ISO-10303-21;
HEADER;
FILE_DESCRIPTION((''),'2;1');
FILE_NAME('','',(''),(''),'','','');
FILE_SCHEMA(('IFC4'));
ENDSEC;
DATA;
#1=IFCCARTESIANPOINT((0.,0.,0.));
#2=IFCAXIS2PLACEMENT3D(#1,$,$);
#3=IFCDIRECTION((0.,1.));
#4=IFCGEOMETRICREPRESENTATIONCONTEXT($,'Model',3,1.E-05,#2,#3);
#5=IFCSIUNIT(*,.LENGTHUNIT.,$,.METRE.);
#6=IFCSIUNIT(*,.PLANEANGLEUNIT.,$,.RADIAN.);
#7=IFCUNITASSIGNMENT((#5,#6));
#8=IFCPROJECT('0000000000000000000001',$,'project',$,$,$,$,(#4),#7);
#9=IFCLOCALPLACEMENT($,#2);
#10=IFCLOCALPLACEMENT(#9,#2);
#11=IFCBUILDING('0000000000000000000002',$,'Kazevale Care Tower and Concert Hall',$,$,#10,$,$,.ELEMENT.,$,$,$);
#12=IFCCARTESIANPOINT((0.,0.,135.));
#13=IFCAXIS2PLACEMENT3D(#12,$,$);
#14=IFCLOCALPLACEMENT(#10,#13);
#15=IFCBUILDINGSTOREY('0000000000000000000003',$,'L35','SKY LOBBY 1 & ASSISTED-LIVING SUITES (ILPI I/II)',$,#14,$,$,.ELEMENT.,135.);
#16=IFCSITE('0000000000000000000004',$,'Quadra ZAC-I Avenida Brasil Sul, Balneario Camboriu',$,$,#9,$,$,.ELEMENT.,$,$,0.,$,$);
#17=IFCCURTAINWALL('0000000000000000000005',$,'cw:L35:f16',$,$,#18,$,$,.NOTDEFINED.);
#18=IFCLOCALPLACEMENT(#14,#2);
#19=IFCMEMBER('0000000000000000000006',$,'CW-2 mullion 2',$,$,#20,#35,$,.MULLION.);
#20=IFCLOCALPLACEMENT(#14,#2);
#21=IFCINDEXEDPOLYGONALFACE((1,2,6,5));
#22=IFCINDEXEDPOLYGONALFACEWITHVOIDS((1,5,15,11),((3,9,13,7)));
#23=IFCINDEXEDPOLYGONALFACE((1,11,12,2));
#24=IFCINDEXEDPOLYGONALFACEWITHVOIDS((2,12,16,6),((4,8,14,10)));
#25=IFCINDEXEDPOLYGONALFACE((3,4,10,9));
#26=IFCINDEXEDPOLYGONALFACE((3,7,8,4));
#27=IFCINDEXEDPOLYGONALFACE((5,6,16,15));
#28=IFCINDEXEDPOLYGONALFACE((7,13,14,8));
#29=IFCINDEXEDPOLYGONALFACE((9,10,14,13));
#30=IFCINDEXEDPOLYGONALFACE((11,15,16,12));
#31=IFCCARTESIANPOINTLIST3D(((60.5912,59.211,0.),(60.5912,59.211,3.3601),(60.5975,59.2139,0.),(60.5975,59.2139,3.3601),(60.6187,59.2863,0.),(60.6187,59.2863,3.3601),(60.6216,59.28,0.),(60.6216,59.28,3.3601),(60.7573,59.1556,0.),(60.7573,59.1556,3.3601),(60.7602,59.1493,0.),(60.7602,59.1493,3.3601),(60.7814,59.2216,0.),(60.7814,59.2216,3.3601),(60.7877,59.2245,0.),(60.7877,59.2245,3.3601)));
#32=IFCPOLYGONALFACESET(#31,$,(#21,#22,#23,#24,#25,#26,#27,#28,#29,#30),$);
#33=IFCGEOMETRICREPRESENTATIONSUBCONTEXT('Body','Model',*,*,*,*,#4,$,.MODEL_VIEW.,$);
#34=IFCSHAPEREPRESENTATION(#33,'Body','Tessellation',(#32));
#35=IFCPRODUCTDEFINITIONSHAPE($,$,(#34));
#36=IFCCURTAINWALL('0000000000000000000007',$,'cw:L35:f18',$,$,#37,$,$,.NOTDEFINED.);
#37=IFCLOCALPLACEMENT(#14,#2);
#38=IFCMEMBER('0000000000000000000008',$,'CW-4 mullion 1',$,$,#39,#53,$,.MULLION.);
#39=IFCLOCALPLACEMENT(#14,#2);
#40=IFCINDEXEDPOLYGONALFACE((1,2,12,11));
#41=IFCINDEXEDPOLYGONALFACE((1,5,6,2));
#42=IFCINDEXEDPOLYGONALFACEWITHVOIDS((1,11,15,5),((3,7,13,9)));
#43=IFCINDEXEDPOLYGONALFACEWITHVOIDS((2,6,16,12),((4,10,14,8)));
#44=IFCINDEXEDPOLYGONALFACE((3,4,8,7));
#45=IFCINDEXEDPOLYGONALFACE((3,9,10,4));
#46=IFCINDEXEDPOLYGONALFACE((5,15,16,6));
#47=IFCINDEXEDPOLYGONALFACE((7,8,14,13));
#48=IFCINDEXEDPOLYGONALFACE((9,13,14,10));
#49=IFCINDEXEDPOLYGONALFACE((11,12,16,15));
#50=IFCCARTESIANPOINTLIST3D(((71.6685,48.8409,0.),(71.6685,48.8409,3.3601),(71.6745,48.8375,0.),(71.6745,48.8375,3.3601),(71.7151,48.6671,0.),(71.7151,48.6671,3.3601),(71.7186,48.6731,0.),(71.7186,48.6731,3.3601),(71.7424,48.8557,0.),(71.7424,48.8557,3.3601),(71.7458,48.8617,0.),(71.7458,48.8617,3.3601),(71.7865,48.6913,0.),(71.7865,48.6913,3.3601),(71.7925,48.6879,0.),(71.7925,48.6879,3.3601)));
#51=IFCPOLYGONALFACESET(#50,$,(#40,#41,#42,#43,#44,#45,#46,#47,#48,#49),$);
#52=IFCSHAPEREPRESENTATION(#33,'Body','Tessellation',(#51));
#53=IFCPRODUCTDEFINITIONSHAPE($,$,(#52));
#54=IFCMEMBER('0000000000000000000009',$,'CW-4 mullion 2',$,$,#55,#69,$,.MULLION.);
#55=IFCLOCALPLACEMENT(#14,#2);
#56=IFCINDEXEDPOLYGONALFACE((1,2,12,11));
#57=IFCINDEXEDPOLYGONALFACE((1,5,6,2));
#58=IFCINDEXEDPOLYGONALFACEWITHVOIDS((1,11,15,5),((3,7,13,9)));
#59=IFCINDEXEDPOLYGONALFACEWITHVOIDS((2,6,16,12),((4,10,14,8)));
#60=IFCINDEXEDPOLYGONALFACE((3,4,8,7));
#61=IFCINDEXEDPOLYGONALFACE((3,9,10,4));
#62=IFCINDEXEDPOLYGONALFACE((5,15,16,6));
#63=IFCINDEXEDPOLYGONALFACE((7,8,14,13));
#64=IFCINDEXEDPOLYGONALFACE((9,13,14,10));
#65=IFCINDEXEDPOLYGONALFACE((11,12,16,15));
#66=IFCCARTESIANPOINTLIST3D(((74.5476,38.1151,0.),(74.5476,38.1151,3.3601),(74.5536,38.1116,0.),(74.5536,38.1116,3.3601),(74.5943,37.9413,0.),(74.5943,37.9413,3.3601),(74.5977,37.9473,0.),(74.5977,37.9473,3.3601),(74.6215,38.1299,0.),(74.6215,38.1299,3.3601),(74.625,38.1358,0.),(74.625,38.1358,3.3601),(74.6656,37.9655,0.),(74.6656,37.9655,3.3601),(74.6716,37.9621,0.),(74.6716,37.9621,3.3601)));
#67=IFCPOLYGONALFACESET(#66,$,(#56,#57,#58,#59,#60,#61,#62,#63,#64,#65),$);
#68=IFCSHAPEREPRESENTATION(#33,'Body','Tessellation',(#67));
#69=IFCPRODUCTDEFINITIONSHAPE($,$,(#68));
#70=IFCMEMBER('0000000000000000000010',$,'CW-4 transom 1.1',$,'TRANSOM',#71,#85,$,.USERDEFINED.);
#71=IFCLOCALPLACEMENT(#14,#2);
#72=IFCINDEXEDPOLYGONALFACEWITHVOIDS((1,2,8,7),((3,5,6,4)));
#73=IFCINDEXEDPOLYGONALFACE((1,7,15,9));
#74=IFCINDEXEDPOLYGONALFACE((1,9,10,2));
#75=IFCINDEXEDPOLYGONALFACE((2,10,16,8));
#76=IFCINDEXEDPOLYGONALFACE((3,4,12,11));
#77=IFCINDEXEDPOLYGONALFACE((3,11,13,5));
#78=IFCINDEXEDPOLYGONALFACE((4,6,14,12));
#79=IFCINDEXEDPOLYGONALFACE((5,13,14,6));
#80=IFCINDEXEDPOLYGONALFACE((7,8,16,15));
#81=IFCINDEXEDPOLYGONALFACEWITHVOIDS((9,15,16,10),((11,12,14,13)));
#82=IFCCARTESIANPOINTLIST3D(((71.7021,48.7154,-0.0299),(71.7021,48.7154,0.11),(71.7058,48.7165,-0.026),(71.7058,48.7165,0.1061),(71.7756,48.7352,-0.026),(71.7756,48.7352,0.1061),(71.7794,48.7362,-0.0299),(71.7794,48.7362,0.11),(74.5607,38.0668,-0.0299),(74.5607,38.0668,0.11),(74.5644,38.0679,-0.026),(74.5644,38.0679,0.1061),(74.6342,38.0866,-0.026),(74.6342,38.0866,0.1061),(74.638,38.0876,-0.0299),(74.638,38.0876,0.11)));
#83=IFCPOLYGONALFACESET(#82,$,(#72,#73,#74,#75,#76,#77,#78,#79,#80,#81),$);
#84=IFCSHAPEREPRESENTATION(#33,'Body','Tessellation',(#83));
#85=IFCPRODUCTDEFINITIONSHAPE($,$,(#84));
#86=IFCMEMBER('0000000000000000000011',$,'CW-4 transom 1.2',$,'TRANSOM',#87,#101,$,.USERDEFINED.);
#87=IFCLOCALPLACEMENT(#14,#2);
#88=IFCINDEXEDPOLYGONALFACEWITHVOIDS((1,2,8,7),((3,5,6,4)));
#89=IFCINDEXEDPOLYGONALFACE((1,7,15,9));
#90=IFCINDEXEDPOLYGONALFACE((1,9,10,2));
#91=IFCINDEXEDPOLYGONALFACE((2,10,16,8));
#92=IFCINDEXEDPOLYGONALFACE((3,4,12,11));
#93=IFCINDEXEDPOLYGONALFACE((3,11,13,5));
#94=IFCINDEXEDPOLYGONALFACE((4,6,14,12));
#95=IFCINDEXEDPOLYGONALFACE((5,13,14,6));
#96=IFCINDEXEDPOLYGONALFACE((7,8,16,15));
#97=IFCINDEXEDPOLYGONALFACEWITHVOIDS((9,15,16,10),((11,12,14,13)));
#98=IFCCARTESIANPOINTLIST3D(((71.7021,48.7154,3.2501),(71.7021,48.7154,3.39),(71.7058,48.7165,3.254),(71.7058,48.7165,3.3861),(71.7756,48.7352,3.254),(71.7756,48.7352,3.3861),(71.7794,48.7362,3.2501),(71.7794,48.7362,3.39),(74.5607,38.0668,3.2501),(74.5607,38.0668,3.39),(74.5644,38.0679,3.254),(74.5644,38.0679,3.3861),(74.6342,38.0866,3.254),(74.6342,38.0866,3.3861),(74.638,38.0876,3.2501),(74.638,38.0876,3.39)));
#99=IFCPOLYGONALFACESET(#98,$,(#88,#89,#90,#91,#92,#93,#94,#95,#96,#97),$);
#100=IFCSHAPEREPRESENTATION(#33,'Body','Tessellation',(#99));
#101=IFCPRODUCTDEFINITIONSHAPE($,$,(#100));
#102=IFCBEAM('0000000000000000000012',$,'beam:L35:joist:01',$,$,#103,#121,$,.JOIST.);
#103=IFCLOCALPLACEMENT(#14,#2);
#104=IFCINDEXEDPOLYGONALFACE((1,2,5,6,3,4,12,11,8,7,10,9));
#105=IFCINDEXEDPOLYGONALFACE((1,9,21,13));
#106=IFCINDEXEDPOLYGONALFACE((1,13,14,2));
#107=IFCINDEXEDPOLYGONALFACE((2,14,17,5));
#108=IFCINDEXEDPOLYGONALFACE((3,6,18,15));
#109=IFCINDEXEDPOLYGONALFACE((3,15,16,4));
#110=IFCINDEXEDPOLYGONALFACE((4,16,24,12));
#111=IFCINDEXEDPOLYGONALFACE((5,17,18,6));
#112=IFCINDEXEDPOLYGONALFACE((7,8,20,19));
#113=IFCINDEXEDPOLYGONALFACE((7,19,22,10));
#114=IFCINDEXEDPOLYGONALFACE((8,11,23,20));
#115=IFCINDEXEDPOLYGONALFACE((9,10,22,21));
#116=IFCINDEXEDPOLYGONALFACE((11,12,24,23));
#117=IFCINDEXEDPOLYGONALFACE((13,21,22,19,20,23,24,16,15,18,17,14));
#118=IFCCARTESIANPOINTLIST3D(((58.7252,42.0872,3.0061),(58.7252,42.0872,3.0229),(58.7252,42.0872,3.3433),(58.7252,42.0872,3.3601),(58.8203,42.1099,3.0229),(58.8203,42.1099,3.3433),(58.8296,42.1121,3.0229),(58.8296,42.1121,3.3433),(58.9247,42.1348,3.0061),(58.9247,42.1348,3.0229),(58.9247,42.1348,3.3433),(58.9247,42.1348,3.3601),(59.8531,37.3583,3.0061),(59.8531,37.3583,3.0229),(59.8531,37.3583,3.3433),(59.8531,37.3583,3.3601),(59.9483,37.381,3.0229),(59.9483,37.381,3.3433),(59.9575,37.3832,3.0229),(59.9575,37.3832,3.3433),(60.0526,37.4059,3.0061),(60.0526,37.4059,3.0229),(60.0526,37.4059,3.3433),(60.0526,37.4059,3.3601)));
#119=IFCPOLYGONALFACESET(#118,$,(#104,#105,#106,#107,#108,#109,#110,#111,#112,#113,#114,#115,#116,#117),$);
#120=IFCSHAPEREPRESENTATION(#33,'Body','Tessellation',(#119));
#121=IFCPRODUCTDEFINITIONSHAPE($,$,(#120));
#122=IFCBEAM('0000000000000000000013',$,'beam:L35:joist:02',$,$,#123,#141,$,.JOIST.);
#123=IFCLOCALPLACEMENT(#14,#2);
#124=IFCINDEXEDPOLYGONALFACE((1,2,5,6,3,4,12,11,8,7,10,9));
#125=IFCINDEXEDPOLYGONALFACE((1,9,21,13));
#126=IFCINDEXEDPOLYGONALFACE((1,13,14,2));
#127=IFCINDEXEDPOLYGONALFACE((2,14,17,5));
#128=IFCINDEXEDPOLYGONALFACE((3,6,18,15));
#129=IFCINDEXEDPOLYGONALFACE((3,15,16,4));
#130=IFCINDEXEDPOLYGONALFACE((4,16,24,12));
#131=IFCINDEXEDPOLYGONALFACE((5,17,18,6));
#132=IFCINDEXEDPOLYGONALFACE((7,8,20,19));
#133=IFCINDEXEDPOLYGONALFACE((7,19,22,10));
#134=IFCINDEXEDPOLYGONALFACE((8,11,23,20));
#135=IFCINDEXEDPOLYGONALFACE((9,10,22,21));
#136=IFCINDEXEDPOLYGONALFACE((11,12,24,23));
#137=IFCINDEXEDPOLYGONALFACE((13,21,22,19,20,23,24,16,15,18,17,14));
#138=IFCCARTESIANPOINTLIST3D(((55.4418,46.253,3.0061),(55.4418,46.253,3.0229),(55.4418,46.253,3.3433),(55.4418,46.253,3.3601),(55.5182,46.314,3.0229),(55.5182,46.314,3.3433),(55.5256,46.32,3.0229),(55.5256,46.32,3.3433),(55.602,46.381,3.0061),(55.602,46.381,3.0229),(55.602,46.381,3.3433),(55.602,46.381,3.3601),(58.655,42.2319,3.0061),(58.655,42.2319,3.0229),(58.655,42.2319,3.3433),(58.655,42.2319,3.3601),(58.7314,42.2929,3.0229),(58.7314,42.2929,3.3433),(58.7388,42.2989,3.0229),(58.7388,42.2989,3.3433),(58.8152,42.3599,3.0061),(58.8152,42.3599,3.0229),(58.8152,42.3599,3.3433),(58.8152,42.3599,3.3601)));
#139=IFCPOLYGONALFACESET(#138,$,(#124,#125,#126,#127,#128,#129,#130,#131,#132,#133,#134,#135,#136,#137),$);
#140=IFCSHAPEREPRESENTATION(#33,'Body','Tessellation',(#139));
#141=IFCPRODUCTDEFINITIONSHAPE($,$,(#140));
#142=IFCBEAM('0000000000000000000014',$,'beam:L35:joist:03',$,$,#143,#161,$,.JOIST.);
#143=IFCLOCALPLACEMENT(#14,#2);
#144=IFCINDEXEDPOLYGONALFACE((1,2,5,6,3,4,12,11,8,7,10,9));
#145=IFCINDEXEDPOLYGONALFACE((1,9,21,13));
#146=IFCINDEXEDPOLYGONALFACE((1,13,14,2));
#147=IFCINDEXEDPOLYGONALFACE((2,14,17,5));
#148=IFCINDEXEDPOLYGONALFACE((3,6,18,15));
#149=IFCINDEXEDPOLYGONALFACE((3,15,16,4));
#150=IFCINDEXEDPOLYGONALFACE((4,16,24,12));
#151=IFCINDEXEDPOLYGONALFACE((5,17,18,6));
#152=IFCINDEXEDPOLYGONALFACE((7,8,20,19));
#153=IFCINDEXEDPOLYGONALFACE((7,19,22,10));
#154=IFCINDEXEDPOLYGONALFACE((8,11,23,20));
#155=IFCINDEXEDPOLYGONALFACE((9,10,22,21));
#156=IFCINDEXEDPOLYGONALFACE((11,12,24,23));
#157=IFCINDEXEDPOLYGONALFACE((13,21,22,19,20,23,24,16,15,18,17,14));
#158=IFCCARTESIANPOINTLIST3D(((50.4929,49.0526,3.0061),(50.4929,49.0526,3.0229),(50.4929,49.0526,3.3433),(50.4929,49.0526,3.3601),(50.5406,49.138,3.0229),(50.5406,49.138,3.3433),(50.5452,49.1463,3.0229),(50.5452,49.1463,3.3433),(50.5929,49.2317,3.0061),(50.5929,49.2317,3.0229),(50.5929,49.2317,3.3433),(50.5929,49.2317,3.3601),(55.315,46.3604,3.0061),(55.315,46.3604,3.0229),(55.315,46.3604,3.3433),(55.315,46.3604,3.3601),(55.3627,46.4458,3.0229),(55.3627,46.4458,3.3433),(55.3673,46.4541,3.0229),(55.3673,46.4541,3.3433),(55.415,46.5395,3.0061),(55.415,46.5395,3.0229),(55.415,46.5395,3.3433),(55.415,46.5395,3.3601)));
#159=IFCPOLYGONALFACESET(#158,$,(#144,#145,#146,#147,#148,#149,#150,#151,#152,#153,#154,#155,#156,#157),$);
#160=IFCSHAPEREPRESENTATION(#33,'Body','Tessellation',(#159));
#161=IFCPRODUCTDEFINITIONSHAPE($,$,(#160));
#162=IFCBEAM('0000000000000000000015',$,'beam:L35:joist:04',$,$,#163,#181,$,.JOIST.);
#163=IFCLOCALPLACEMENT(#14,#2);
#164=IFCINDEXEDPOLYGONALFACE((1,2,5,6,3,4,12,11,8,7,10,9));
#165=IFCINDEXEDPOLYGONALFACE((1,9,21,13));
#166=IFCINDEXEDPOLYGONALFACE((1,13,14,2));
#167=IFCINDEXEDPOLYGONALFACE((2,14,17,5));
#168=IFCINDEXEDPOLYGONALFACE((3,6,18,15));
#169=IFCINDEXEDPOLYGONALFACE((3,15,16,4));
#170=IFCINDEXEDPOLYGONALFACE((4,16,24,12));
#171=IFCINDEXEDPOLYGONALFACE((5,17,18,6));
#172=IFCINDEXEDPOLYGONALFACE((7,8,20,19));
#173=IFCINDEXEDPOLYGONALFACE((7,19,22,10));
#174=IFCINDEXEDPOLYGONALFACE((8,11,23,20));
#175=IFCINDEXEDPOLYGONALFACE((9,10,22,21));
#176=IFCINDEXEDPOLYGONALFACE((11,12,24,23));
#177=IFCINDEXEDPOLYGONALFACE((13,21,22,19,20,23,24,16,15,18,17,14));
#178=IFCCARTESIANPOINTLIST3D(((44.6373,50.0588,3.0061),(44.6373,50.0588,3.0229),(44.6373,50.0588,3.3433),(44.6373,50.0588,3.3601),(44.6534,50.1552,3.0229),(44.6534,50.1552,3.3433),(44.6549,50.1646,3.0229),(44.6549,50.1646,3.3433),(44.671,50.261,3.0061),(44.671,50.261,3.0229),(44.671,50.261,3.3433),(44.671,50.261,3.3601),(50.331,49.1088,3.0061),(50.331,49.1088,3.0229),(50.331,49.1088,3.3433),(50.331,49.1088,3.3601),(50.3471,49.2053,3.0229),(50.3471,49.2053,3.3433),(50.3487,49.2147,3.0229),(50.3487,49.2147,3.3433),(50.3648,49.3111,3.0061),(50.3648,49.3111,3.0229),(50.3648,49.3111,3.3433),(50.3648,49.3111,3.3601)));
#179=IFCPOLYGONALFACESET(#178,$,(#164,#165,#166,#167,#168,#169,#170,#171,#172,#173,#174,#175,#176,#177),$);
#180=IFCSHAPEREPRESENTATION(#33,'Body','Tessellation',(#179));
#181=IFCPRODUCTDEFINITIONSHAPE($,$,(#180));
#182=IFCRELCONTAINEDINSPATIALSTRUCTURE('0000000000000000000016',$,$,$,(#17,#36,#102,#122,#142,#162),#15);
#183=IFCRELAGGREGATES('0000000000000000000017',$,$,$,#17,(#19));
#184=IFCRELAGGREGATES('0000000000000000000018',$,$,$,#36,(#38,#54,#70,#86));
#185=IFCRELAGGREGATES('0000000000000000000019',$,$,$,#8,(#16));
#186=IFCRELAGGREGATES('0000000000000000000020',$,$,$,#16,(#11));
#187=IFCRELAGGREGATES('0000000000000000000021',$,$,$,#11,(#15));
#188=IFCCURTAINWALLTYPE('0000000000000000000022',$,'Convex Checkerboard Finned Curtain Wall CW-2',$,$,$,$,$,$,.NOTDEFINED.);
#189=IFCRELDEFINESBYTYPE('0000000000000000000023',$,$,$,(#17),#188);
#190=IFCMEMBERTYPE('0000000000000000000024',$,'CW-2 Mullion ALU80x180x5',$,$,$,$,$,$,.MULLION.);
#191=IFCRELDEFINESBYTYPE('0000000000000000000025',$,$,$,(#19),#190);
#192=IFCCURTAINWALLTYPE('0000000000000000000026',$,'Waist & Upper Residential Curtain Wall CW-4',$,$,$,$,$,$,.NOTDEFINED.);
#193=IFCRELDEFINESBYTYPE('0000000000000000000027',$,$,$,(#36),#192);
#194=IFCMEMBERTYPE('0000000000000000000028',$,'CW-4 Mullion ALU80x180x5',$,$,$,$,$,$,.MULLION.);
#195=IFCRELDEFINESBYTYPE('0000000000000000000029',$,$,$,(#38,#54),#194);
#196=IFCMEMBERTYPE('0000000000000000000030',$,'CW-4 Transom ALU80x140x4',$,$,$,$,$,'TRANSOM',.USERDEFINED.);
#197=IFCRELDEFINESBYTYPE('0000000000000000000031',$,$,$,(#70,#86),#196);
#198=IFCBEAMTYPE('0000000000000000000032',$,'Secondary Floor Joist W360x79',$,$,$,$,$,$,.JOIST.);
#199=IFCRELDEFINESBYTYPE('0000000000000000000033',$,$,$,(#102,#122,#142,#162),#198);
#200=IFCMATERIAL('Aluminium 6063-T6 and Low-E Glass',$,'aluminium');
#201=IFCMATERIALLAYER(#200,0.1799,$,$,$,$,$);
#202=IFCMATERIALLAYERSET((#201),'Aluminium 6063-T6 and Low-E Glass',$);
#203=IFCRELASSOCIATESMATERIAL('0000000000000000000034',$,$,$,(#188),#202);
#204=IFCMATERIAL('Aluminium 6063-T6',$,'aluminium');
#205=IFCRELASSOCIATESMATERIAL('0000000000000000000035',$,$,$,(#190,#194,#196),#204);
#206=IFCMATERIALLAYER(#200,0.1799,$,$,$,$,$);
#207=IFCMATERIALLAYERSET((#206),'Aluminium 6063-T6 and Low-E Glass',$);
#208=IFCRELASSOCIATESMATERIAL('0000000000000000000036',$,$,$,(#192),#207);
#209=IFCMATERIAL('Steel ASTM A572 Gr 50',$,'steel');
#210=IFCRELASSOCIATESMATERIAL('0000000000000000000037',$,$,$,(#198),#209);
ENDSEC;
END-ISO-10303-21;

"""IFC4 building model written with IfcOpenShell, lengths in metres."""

from ifc_helpers import new_model, si_unit, direction, frame, origin, origin_2d, place, context, subcontext, project, spatial, hollow_rectangle, i_section, extrude, material, layer, layer_set, material_profile, profile_set, type_object, element, aggregate, save


model = new_model("IFC4")

# Units and contexts
model_context = context("Model", 3, precision=1e-05, world=origin(), true_north=direction((0.0, 1.0)))
body_context = subcontext(model_context, "Body", "Model", "MODEL_VIEW")
ifc_project = project(units=[si_unit("LENGTHUNIT", "METRE"), si_unit("PLANEANGLEUNIT", "RADIAN")], contexts=[model_context])

# Site, building, storey
site_placement = place(None, origin())
site = spatial("IfcSite", under=ifc_project, at=site_placement, Name="Quadra ZAC-I Avenida Brasil Sul, Balneario Camboriu", CompositionType="ELEMENT", RefElevation=0.0)
building_placement = place(site_placement, origin())
building = spatial("IfcBuilding", under=site, at=building_placement, Name="Kazevale Care Tower and Concert Hall", CompositionType="ELEMENT")
storey_placement = place(building_placement, frame((0.0, 0.0, 135.0)))
storey = spatial("IfcBuildingStorey", under=building, at=storey_placement, Name="L35", Description="SKY LOBBY 1 & ASSISTED-LIVING SUITES (ILPI I/II)", CompositionType="ELEMENT", Elevation=135.0)

# Curtain wall, member
ifc_material_1 = material(Name="Aluminium 6063-T6 and Low-E Glass", Category="aluminium")
ifc_layer_1 = layer(ifc_material_1, 0.1799)
ifc_layer_set_1 = layer_set([ifc_layer_1], Name="Aluminium 6063-T6 and Low-E Glass")
curtain_wall_type_1 = type_object("IfcCurtainWallType", Name="Convex Checkerboard Finned Curtain Wall CW-2", PredefinedType="NOTDEFINED", material=ifc_layer_set_1)
curtain_wall_1_placement = place(storey_placement, origin())
curtain_wall_1 = element("IfcCurtainWall", 1, at=curtain_wall_1_placement, inside=storey, type_object=curtain_wall_type_1, Name="cw:L35:f16", PredefinedType="NOTDEFINED")
ifc_material_2 = material(Name="Aluminium 6063-T6", Category="aluminium")
ifc_material_profile_1 = material_profile(ifc_material_2, hollow_rectangle(XDim=0.0801, YDim=0.1799, WallThickness=0.0049, at=origin_2d()), Name="ALU80x180x5")
ifc_profile_set_1 = profile_set([ifc_material_profile_1], Name="Aluminium 6063-T6")
member_type_1 = type_object("IfcMemberType", Name="CW-2 Mullion ALU80x180x5", PredefinedType="MULLION", material=ifc_profile_set_1)
member_1_placement = place(storey_placement, frame((60.6895, 59.2178, 0.0), z_axis=(0.0, 0.0, 1.0), x_axis=(0.343143, 0.939283, 0.0)))
member_1 = element("IfcMember", 2, at=member_1_placement, type_object=member_type_1, Name="CW-2 mullion 2", PredefinedType="MULLION", context=body_context, shape_type="SweptSolid", body=[
    extrude(hollow_rectangle(XDim=0.0801, YDim=0.1799, WallThickness=0.0049, at=origin_2d()), origin(), (0.0, 0.0, 1.0), 3.3601),
])

# Curtain wall, members
ifc_layer_2 = layer(ifc_material_1, 0.1799)
ifc_layer_set_2 = layer_set([ifc_layer_2], Name="Aluminium 6063-T6 and Low-E Glass")
curtain_wall_type_2 = type_object("IfcCurtainWallType", Name="Waist & Upper Residential Curtain Wall CW-4", PredefinedType="NOTDEFINED", material=ifc_layer_set_2)
curtain_wall_2_placement = place(storey_placement, origin())
curtain_wall_2 = element("IfcCurtainWall", 3, at=curtain_wall_2_placement, inside=storey, type_object=curtain_wall_type_2, Name="cw:L35:f18", PredefinedType="NOTDEFINED")
ifc_material_profile_2 = material_profile(ifc_material_2, hollow_rectangle(XDim=0.0801, YDim=0.1799, WallThickness=0.0049, at=origin_2d()), Name="ALU80x180x5")
ifc_profile_set_2 = profile_set([ifc_material_profile_2], Name="Aluminium 6063-T6")
member_type_2 = type_object("IfcMemberType", Name="CW-4 Mullion ALU80x180x5", PredefinedType="MULLION", material=ifc_profile_set_2)
member_2_placement = place(storey_placement, frame((71.7305, 48.7644, 0.0), z_axis=(0.0, 0.0, 1.0), x_axis=(0.965806, 0.259265, 0.0)))
member_2 = element("IfcMember", 4, at=member_2_placement, type_object=member_type_2, Name="CW-4 mullion 1", PredefinedType="MULLION", context=body_context, shape_type="SweptSolid", body=[
    extrude(hollow_rectangle(XDim=0.0801, YDim=0.1799, WallThickness=0.0049, at=origin_2d()), origin(), (0.0, 0.0, 1.0), 3.3601),
])
member_3_placement = place(storey_placement, frame((74.6096, 38.0386, 0.0), z_axis=(0.0, 0.0, 1.0), x_axis=(0.965806, 0.259265, 0.0)))
member_3 = element("IfcMember", 5, at=member_3_placement, type_object=member_type_2, Name="CW-4 mullion 2", PredefinedType="MULLION", context=body_context, shape_type="SweptSolid", body=[
    extrude(hollow_rectangle(XDim=0.0801, YDim=0.1799, WallThickness=0.0049, at=origin_2d()), origin(), (0.0, 0.0, 1.0), 3.3601),
])
ifc_material_profile_3 = material_profile(ifc_material_2, hollow_rectangle(XDim=0.0801, YDim=0.1399, WallThickness=0.0039, at=origin_2d()), Name="ALU80x140x4")
ifc_profile_set_3 = profile_set([ifc_material_profile_3], Name="Aluminium 6063-T6")
member_type_3 = type_object("IfcMemberType", Name="CW-4 Transom ALU80x140x4", ElementType="TRANSOM", PredefinedType="USERDEFINED", material=ifc_profile_set_3)
member_4_placement = place(storey_placement, frame((71.7407, 48.7258, 0.04), z_axis=(0.259271, -0.965805, 0.0), x_axis=(0.965805, 0.259271, 0.0)))
member_4 = element("IfcMember", 6, at=member_4_placement, type_object=member_type_3, Name="CW-4 transom 1.1", ObjectType="TRANSOM", PredefinedType="USERDEFINED", context=body_context, shape_type="SweptSolid", body=[
    extrude(hollow_rectangle(XDim=0.0801, YDim=0.1399, WallThickness=0.0039, at=origin_2d()), origin(), (0.0, 0.0, 1.0), 11.0256),
])
member_5_placement = place(storey_placement, frame((71.7407, 48.7258, 3.3201), z_axis=(0.259271, -0.965805, 0.0), x_axis=(0.965805, 0.259271, 0.0)))
member_5 = element("IfcMember", 7, at=member_5_placement, type_object=member_type_3, Name="CW-4 transom 1.2", ObjectType="TRANSOM", PredefinedType="USERDEFINED", context=body_context, shape_type="SweptSolid", body=[
    extrude(hollow_rectangle(XDim=0.0801, YDim=0.1399, WallThickness=0.0039, at=origin_2d()), origin(), (0.0, 0.0, 1.0), 11.0256),
])

# Beams
ifc_material_3 = material(Name="Steel ASTM A572 Gr 50", Category="steel")
ifc_material_profile_4 = material_profile(ifc_material_3, i_section(OverallWidth=0.2051, OverallDepth=0.354, WebThickness=0.0095, FlangeThickness=0.0168, at=origin_2d()), Name="W360x79")
ifc_profile_set_4 = profile_set([ifc_material_profile_4], Name="Steel ASTM A572 Gr 50")
beam_type_1 = type_object("IfcBeamType", Name="Secondary Floor Joist W360x79", PredefinedType="JOIST", material=ifc_profile_set_4)
beam_1_placement = place(storey_placement, frame((59.9529, 37.3821, 3.1831), z_axis=(-0.232005, 0.972715, 0.0), x_axis=(-0.972715, -0.232005, 0.0)))
element("IfcBeam", 8, at=beam_1_placement, inside=storey, type_object=beam_type_1, Name="beam:L35:joist:01", PredefinedType="JOIST", context=body_context, shape_type="SweptSolid", body=[
    extrude(i_section(OverallWidth=0.2051, OverallDepth=0.354, WebThickness=0.0095, FlangeThickness=0.0168, at=origin_2d()), origin(), (0.0, 0.0, 1.0), 4.8616),
])
beam_2_placement = place(storey_placement, frame((58.7351, 42.2959, 3.1831), z_axis=(-0.624261, 0.781216, 0.0), x_axis=(-0.781216, -0.624261, 0.0)))
element("IfcBeam", 9, at=beam_2_placement, inside=storey, type_object=beam_type_1, Name="beam:L35:joist:02", PredefinedType="JOIST", context=body_context, shape_type="SweptSolid", body=[
    extrude(i_section(OverallWidth=0.2051, OverallDepth=0.354, WebThickness=0.0095, FlangeThickness=0.0168, at=origin_2d()), origin(), (0.0, 0.0, 1.0), 5.1472),
])
beam_3_placement = place(storey_placement, frame((55.365, 46.45, 3.1831), z_axis=(-0.873138, 0.487474, 0.0), x_axis=(-0.487474, -0.873138, 0.0)))
element("IfcBeam", 10, at=beam_3_placement, inside=storey, type_object=beam_type_1, Name="beam:L35:joist:03", PredefinedType="JOIST", context=body_context, shape_type="SweptSolid", body=[
    extrude(i_section(OverallWidth=0.2051, OverallDepth=0.354, WebThickness=0.0095, FlangeThickness=0.0168, at=origin_2d()), origin(), (0.0, 0.0, 1.0), 5.5227),
])
beam_4_placement = place(storey_placement, frame((50.3479, 49.21, 3.1831), z_axis=(-0.986366, 0.164564, 0.0), x_axis=(-0.164564, -0.986366, 0.0)))
element("IfcBeam", 11, at=beam_4_placement, inside=storey, type_object=beam_type_1, Name="beam:L35:joist:04", PredefinedType="JOIST", context=body_context, shape_type="SweptSolid", body=[
    extrude(i_section(OverallWidth=0.2051, OverallDepth=0.354, WebThickness=0.0095, FlangeThickness=0.0168, at=origin_2d()), origin(), (0.0, 0.0, 1.0), 5.7725),
])

aggregate(curtain_wall_1, [member_1])
aggregate(curtain_wall_2, [member_2, member_3, member_4, member_5])

save(model, "model.ifc")
